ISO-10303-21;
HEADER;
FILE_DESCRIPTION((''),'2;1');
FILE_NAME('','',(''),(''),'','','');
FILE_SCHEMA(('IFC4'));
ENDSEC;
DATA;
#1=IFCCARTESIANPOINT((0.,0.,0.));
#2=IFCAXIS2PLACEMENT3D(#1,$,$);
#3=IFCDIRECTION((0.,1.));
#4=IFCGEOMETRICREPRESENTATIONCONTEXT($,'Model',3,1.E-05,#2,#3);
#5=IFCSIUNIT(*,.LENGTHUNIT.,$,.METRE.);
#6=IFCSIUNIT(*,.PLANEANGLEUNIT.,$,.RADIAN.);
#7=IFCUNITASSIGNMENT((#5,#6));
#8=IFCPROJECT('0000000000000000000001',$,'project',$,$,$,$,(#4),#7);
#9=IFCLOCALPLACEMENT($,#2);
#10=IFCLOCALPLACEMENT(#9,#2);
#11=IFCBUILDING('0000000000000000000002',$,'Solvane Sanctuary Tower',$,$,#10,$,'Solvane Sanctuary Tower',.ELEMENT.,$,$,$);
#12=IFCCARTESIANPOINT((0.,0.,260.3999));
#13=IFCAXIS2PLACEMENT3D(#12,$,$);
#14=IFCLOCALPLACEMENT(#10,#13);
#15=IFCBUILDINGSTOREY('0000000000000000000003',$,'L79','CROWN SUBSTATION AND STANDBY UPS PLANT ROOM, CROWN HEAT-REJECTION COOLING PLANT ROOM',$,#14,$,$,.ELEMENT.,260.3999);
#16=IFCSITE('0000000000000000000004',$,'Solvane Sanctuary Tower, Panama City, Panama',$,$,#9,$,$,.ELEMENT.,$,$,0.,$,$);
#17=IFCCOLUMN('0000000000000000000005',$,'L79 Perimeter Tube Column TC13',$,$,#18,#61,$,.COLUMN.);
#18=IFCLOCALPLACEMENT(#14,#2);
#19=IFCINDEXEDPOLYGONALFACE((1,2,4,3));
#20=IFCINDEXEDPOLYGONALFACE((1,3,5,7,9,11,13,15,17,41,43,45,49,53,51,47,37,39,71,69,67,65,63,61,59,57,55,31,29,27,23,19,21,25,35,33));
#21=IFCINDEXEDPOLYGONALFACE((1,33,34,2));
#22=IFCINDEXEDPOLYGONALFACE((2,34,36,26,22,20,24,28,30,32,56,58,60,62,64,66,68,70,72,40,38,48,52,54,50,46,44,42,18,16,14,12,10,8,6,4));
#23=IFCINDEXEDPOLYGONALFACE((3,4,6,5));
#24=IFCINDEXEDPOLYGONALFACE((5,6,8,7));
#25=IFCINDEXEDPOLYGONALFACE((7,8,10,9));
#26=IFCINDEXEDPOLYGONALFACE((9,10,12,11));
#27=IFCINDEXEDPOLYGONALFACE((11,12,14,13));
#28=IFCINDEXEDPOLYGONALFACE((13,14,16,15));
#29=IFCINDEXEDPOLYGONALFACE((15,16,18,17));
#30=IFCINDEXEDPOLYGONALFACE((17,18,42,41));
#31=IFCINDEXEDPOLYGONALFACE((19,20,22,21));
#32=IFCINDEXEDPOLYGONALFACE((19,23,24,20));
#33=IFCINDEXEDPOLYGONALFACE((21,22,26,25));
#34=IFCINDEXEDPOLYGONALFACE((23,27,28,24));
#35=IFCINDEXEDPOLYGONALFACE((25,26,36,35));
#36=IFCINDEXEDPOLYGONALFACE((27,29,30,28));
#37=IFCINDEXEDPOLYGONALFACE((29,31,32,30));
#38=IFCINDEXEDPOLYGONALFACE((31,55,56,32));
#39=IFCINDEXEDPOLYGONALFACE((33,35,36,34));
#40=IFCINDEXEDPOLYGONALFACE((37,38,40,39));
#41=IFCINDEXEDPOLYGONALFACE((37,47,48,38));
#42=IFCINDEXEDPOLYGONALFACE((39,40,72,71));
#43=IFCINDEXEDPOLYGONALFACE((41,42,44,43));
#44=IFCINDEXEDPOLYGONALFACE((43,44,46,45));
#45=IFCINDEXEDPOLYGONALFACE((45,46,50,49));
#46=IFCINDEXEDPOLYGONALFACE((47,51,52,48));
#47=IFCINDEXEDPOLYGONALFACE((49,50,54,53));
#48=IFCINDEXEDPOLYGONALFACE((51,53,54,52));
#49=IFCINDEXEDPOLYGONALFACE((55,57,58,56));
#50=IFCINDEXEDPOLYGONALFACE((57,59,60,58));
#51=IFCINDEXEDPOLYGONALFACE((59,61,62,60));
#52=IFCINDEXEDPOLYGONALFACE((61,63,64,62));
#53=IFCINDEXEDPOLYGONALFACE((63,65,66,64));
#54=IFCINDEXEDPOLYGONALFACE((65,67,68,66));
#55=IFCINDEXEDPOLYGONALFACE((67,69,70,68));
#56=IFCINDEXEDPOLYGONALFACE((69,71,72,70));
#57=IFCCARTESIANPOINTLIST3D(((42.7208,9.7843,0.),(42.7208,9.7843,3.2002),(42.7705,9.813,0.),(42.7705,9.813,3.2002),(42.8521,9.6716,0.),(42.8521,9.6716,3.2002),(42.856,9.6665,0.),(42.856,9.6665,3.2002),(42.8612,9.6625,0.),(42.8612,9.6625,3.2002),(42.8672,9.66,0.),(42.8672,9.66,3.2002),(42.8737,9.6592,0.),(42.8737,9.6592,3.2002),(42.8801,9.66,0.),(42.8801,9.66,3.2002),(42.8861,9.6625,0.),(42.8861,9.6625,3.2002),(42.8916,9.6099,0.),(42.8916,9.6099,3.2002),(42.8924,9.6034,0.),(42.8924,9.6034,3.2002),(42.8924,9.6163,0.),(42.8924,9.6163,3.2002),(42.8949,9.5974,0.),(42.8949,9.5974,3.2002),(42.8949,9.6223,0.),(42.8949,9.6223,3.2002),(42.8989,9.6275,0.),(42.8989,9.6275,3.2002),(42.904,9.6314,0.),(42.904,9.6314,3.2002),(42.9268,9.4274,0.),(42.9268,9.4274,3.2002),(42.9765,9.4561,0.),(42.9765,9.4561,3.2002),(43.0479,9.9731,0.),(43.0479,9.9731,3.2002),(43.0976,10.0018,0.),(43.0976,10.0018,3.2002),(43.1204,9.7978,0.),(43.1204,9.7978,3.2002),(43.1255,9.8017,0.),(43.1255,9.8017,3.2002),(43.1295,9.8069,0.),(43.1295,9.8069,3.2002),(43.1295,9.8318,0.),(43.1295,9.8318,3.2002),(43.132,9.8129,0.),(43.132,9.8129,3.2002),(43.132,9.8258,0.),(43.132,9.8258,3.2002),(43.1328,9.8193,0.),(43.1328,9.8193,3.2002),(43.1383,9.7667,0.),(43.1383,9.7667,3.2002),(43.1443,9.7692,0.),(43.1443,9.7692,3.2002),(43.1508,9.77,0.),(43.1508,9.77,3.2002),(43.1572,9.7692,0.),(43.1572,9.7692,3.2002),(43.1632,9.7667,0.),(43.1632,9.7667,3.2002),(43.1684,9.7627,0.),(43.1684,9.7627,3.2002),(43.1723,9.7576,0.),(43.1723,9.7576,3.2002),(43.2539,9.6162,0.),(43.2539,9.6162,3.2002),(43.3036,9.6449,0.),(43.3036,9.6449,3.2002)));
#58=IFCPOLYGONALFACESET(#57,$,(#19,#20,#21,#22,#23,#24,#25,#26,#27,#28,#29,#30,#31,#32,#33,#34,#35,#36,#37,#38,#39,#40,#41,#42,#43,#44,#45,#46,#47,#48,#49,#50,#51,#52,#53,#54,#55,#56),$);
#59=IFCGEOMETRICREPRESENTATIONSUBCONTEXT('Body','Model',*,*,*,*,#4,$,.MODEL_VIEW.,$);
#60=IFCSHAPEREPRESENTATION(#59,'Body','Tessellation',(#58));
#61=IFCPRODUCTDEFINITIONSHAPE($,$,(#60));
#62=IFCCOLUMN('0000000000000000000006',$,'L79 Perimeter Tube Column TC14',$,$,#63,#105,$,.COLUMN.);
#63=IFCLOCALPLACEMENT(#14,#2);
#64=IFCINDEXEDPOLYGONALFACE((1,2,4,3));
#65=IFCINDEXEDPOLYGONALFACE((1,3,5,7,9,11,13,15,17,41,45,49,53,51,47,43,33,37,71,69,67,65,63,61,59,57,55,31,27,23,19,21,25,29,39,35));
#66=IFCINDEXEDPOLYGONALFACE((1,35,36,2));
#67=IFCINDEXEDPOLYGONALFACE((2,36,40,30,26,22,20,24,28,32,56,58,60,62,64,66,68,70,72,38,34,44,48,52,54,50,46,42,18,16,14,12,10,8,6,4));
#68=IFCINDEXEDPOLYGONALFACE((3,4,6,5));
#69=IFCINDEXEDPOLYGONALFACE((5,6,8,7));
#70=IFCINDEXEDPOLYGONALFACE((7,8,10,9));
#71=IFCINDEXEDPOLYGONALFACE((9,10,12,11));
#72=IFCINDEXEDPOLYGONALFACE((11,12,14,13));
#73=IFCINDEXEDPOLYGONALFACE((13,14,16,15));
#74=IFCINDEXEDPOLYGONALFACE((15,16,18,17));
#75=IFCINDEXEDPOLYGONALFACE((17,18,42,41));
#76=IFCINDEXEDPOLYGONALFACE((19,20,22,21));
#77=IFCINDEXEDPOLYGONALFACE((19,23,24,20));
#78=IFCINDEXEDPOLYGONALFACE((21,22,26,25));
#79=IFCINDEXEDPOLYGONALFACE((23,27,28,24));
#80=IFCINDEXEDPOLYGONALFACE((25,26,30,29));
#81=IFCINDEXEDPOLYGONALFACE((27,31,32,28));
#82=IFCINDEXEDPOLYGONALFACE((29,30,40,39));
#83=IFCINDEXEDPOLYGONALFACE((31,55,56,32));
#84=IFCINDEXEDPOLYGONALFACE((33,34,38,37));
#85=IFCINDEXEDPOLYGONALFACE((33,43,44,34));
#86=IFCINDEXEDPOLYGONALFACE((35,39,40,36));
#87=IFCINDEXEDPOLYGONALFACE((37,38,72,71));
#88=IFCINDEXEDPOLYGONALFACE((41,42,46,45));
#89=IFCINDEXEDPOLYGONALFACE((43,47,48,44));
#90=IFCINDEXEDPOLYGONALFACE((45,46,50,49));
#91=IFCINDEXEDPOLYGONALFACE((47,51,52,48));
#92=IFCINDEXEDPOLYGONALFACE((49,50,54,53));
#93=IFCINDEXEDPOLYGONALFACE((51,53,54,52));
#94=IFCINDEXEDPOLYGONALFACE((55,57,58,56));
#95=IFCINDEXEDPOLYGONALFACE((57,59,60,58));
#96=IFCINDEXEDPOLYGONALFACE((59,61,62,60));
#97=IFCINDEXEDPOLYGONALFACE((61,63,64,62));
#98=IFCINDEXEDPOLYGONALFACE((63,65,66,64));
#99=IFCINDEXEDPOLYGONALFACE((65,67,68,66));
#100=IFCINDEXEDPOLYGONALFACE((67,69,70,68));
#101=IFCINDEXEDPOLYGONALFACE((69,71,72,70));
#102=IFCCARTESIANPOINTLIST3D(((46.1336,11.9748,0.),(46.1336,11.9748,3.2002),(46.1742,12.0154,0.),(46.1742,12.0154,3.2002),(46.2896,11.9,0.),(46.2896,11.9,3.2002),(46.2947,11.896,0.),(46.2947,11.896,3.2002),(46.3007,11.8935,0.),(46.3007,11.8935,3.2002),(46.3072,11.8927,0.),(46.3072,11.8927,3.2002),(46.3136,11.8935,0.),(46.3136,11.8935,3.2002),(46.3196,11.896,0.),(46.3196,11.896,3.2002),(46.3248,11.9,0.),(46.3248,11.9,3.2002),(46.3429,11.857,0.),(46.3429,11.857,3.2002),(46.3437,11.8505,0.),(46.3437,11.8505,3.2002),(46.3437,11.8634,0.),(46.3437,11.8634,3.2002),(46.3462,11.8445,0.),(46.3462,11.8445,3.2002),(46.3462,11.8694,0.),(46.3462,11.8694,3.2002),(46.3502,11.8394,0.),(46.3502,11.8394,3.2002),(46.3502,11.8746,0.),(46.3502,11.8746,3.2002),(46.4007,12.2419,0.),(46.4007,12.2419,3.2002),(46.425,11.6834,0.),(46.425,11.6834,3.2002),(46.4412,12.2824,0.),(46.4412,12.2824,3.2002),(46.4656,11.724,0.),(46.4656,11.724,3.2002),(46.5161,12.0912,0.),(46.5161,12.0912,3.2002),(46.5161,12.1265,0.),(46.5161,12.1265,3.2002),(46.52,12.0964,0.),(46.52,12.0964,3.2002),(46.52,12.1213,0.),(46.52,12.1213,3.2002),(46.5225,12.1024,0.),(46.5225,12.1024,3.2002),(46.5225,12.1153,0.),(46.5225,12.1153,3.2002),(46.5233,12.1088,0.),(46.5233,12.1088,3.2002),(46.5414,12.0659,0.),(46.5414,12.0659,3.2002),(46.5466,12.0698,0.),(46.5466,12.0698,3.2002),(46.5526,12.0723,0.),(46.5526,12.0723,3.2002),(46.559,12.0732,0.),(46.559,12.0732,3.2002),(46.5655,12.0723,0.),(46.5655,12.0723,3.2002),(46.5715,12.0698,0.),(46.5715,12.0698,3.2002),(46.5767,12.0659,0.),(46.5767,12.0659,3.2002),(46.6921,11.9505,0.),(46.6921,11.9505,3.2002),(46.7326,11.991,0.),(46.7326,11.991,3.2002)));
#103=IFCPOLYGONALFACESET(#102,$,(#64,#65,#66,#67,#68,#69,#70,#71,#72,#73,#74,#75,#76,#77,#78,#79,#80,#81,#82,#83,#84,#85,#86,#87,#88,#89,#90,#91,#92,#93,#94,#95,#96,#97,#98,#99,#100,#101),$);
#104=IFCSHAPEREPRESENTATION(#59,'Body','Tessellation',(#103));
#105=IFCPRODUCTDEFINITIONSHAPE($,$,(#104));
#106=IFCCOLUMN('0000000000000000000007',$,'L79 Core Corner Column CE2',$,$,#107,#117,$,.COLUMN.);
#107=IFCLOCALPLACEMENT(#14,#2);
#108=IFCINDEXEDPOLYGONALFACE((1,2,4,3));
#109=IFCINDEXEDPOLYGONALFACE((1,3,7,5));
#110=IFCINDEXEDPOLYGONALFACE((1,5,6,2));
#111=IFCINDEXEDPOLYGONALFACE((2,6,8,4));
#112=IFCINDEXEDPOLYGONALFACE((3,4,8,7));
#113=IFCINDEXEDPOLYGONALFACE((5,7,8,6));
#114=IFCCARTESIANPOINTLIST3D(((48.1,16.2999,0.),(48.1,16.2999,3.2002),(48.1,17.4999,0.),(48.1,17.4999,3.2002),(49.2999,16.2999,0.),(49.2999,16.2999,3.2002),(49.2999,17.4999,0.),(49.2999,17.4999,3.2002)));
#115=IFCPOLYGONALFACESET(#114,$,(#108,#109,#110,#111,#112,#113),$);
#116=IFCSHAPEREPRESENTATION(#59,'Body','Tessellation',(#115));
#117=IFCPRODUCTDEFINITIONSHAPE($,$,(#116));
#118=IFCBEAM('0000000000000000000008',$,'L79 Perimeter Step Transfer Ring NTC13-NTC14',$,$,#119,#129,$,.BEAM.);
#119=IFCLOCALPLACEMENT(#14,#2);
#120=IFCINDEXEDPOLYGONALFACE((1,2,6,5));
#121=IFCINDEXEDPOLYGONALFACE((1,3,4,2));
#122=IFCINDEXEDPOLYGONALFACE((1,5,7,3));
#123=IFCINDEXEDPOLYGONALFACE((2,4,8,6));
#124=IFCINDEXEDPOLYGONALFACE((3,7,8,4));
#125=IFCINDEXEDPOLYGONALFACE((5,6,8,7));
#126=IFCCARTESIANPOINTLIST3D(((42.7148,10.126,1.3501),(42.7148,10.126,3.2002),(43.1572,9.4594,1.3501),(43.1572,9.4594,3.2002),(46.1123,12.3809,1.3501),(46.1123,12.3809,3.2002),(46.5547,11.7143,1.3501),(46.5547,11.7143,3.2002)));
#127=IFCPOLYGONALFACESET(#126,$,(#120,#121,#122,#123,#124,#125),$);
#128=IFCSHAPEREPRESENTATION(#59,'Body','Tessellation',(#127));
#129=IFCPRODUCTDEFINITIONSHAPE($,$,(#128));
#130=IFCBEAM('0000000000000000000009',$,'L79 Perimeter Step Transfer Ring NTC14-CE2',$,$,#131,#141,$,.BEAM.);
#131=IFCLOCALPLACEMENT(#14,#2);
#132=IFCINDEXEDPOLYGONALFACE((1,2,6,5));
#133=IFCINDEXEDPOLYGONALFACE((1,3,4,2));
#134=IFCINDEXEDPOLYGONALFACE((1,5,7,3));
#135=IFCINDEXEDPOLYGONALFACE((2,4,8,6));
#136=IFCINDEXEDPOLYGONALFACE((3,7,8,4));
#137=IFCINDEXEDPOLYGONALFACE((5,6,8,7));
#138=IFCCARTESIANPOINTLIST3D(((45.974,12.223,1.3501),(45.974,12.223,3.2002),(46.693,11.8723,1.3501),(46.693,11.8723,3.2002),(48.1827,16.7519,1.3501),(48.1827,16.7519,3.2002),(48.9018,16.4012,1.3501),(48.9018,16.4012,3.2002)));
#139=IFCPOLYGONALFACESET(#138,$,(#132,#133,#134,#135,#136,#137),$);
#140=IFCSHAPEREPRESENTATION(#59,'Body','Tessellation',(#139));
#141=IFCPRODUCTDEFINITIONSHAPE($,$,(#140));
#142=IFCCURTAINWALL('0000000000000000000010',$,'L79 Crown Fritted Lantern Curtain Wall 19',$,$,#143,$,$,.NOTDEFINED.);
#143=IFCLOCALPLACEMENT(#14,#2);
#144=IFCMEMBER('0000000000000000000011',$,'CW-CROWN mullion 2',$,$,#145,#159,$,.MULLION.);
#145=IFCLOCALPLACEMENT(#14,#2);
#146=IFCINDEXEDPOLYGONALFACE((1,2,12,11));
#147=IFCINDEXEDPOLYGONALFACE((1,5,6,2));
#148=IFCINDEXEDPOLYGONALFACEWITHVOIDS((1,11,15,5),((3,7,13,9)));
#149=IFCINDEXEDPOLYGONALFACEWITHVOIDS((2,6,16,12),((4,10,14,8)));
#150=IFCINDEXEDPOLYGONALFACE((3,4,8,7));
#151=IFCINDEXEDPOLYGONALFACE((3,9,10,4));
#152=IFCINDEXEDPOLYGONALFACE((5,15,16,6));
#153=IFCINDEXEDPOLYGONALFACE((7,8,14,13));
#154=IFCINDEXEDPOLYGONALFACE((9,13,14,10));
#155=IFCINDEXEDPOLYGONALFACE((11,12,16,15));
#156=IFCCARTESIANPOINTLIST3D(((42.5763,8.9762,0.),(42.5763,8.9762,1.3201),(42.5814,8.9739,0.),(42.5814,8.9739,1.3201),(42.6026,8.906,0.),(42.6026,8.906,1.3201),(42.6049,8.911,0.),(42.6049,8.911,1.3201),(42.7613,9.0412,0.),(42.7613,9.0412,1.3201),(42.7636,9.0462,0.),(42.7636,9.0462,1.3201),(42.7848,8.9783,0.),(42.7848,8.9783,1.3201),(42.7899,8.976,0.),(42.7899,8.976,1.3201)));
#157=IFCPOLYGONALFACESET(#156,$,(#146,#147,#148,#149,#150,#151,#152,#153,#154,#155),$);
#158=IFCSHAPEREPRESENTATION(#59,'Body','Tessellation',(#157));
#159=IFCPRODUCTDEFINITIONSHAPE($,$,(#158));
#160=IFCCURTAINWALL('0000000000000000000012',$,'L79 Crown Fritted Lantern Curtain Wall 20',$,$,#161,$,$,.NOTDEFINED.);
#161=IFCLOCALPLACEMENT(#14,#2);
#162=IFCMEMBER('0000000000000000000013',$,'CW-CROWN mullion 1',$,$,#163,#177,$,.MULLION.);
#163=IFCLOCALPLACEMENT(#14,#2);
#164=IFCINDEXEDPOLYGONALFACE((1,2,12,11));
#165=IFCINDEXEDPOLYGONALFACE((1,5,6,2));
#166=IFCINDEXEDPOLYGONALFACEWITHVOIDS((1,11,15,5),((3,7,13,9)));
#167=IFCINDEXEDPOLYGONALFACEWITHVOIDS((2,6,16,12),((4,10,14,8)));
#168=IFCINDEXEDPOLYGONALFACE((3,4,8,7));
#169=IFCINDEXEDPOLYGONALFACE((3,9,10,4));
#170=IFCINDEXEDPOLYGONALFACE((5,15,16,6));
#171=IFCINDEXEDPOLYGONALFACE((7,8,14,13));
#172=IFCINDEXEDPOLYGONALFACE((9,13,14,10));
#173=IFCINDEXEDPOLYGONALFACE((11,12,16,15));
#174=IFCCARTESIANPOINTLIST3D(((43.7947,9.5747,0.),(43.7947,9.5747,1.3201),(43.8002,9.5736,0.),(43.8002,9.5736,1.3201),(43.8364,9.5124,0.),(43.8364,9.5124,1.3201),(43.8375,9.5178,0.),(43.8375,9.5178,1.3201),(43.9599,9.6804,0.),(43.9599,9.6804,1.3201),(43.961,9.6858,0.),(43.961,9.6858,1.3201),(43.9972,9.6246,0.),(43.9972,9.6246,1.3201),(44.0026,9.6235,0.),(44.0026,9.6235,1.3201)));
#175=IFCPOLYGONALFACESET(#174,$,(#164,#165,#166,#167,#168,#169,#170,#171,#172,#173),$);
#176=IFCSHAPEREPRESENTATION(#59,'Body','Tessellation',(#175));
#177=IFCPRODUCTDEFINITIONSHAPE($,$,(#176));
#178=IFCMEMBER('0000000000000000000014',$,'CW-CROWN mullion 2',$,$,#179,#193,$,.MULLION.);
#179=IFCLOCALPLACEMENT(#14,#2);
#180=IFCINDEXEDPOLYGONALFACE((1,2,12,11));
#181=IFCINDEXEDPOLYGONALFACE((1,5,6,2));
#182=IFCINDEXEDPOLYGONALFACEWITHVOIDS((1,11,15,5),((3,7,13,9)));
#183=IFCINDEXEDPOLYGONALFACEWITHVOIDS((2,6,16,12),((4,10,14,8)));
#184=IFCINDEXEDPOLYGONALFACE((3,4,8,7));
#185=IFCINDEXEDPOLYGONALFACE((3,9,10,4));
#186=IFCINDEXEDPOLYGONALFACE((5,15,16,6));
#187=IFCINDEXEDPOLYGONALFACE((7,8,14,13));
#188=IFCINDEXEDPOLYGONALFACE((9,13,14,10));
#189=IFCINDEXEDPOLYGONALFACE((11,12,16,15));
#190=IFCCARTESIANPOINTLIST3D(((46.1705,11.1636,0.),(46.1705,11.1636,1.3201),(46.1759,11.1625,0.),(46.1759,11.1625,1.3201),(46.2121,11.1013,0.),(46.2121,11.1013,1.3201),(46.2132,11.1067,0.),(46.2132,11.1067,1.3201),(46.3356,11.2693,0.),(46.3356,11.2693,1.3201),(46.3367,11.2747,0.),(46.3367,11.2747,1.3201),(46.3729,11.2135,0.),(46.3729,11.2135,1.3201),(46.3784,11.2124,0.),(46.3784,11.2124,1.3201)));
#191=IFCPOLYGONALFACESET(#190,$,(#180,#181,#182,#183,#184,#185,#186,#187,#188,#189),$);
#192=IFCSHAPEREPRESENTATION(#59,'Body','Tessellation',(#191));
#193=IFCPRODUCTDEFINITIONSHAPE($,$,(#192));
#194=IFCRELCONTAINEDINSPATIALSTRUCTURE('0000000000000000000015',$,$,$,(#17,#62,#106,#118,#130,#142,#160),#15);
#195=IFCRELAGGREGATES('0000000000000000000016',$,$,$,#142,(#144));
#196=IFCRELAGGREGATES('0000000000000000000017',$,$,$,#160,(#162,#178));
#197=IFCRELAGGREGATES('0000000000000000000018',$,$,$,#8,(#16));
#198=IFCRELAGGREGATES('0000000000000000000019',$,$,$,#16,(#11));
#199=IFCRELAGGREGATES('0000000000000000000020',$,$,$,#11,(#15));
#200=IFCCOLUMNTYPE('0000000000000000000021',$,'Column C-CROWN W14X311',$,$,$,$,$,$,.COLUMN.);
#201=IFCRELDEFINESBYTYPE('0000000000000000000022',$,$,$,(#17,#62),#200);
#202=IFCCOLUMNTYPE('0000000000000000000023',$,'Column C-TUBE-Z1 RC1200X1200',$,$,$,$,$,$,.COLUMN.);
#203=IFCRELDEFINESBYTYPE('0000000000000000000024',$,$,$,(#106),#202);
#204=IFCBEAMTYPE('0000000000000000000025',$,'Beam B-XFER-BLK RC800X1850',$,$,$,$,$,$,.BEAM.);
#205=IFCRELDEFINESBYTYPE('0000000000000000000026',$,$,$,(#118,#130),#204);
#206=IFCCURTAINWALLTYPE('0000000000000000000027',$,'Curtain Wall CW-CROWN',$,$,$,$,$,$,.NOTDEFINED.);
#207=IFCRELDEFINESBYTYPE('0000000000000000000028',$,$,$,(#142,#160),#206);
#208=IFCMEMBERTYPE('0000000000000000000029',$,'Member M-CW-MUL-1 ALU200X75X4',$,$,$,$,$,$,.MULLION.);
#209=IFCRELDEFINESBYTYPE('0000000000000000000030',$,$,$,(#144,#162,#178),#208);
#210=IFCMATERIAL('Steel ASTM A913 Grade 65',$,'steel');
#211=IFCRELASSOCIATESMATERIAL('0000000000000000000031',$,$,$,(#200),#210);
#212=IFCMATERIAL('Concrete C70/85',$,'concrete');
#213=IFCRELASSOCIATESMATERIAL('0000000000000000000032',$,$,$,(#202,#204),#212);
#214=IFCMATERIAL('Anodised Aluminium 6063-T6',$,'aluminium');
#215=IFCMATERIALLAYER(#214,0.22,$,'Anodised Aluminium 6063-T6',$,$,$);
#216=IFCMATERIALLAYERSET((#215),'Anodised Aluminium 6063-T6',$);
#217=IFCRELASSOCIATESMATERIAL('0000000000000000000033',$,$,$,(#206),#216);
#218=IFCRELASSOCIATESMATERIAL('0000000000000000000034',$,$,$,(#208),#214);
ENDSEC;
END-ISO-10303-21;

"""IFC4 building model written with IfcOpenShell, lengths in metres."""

from ifc_helpers import new_model, si_unit, direction, frame, origin, origin_2d, place, context, subcontext, project, spatial, rectangle, hollow_rectangle, i_section, extrude, material, layer, layer_set, material_profile, profile_set, type_object, element, aggregate, save


model = new_model("IFC4")

# Units and contexts
model_context = context("Model", 3, precision=1e-05, world=origin(), true_north=direction((0.0, 1.0)))
body_context = subcontext(model_context, "Body", "Model", "MODEL_VIEW")
ifc_project = project(units=[si_unit("LENGTHUNIT", "METRE"), si_unit("PLANEANGLEUNIT", "RADIAN")], contexts=[model_context])

# Site, building, storey
site_placement = place(None, origin())
site = spatial("IfcSite", under=ifc_project, at=site_placement, Name="Solvane Sanctuary Tower, Panama City, Panama", CompositionType="ELEMENT", RefElevation=0.0)
building_placement = place(site_placement, origin())
building = spatial("IfcBuilding", under=site, at=building_placement, Name="Solvane Sanctuary Tower", LongName="Solvane Sanctuary Tower", CompositionType="ELEMENT")
storey_placement = place(building_placement, frame((0.0, 0.0, 260.3999)))
storey = spatial("IfcBuildingStorey", under=building, at=storey_placement, Name="L79", Description="CROWN SUBSTATION AND STANDBY UPS PLANT ROOM, CROWN HEAT-REJECTION COOLING PLANT ROOM", CompositionType="ELEMENT", Elevation=260.3999)

# Columns
ifc_material_1 = material(Name="Steel ASTM A913 Grade 65", Category="steel")
ifc_material_profile_1 = material_profile(ifc_material_1, i_section(OverallWidth=0.4121, OverallDepth=0.4351, WebThickness=0.0359, FlangeThickness=0.0574, FilletRadius=0.0249, at=origin_2d()), Name="W14X311")
ifc_profile_set_1 = profile_set([ifc_material_profile_1], Name="Steel ASTM A913 Grade 65")
column_type_1 = type_object("IfcColumnType", Name="Column C-CROWN W14X311", PredefinedType="COLUMN", material=ifc_profile_set_1)
for number, where, z_axis, x_axis, name in (
    (1, (43.0122, 9.7146, 0.0), (0.0, 0.0, 1.0), (0.5, -0.866025, 0.0), "L79 Perimeter Tube Column TC13"),
    (2, (46.4331, 11.9829, 0.0), (0.0, 0.0, 1.0), (0.707107, -0.707107, 0.0), "L79 Perimeter Tube Column TC14"),
):
    element("IfcColumn", number, at=place(storey_placement, frame(where, z_axis=z_axis, x_axis=x_axis)), inside=storey, type_object=column_type_1, Name=name, PredefinedType="COLUMN", context=body_context, shape_type="SweptSolid", body=[
        extrude(i_section(OverallWidth=0.4121, OverallDepth=0.4351, WebThickness=0.0359, FlangeThickness=0.0574, FilletRadius=0.0249, at=origin_2d()), origin(), (0.0, 0.0, 1.0), 3.2002),
    ])
ifc_material_2 = material(Name="Concrete C70/85", Category="concrete")
ifc_material_profile_2 = material_profile(ifc_material_2, rectangle(XDim=1.2, YDim=1.2, at=origin_2d()), Name="RC1200X1200")
ifc_profile_set_2 = profile_set([ifc_material_profile_2], Name="Concrete C70/85")
column_type_2 = type_object("IfcColumnType", Name="Column C-TUBE-Z1 RC1200X1200", PredefinedType="COLUMN", material=ifc_profile_set_2)
column_placement = place(storey_placement, frame((48.7, 16.8999, 0.0), z_axis=(0.0, 0.0, 1.0), x_axis=(1.0, 0.0, 0.0)))
element("IfcColumn", 3, at=column_placement, inside=storey, type_object=column_type_2, Name="L79 Core Corner Column CE2", PredefinedType="COLUMN", context=body_context, shape_type="SweptSolid", body=[
    extrude(rectangle(XDim=1.2, YDim=1.2, at=origin_2d()), origin(), (0.0, 0.0, 1.0), 3.2002),
])

# Beams
ifc_material_profile_3 = material_profile(ifc_material_2, rectangle(XDim=0.8, YDim=1.8501, at=origin_2d()), Name="RC800X1850")
ifc_profile_set_3 = profile_set([ifc_material_profile_3], Name="Concrete C70/85")
beam_type = type_object("IfcBeamType", Name="Beam B-XFER-BLK RC800X1850", PredefinedType="BEAM", material=ifc_profile_set_3)
beam_1_placement = place(storey_placement, frame((42.936, 9.7927, 2.2751), z_axis=(0.833191, 0.552986, 0.0), x_axis=(-0.552986, 0.833191, 0.0)))
element("IfcBeam", 4, at=beam_1_placement, inside=storey, type_object=beam_type, Name="L79 Perimeter Step Transfer Ring NTC13-NTC14", PredefinedType="BEAM", context=body_context, shape_type="SweptSolid", body=[
    extrude(rectangle(XDim=0.8, YDim=1.8501, at=origin_2d()), origin(), (0.0, 0.0, 1.0), 4.0776),
])
beam_2_placement = place(storey_placement, frame((46.3335, 12.0476, 2.2751), z_axis=(0.438354, 0.898802, 0.0), x_axis=(-0.898802, 0.438354, 0.0)))
element("IfcBeam", 5, at=beam_2_placement, inside=storey, type_object=beam_type, Name="L79 Perimeter Step Transfer Ring NTC14-CE2", PredefinedType="BEAM", context=body_context, shape_type="SweptSolid", body=[
    extrude(rectangle(XDim=0.8, YDim=1.8501, at=origin_2d()), origin(), (0.0, 0.0, 1.0), 5.0388),
])

# Curtain wall, member
ifc_material_3 = material(Name="Anodised Aluminium 6063-T6", Category="aluminium")
ifc_layer_1 = layer(ifc_material_3, 0.22, Name="Anodised Aluminium 6063-T6")
ifc_layer_set_1 = layer_set([ifc_layer_1], Name="Anodised Aluminium 6063-T6")
curtain_wall_type = type_object("IfcCurtainWallType", Name="Curtain Wall CW-CROWN", PredefinedType="NOTDEFINED", material=ifc_layer_set_1)
curtain_wall_1_placement = place(storey_placement, origin())
curtain_wall_1 = element("IfcCurtainWall", 6, at=curtain_wall_1_placement, inside=storey, type_object=curtain_wall_type, Name="L79 Crown Fritted Lantern Curtain Wall 19", PredefinedType="NOTDEFINED")
ifc_material_profile_4 = material_profile(ifc_material_3, hollow_rectangle(XDim=0.075, YDim=0.2, WallThickness=0.0039, at=origin_2d()), Name="ALU200X75X4")
ifc_profile_set_4 = profile_set([ifc_material_profile_4], Name="Anodised Aluminium 6063-T6")
member_type_1 = type_object("IfcMemberType", Name="Member M-CW-MUL-1 ALU200X75X4", PredefinedType="MULLION", material=ifc_profile_set_4)
member_1_placement = place(storey_placement, frame((42.6831, 8.9761, 0.0), z_axis=(0.0, 0.0, 1.0), x_axis=(-0.350163, 0.936689, 0.0)))
member_1 = element("IfcMember", 7, at=member_1_placement, type_object=member_type_1, Name="CW-CROWN mullion 2", PredefinedType="MULLION", context=body_context, shape_type="SweptSolid", body=[
    extrude(hollow_rectangle(XDim=0.075, YDim=0.2, WallThickness=0.0039, at=origin_2d()), origin(), (0.0, 0.0, 1.0), 1.3201),
])

# Curtain wall, members
curtain_wall_2_placement = place(storey_placement, origin())
curtain_wall_2 = element("IfcCurtainWall", 8, at=curtain_wall_2_placement, inside=storey, type_object=curtain_wall_type, Name="L79 Crown Fritted Lantern Curtain Wall 20", PredefinedType="NOTDEFINED")
member_2_placement = place(storey_placement, frame((43.8987, 9.5991, 0.0), z_axis=(0.0, 0.0, 1.0), x_axis=(-0.555895, 0.831252, 0.0)))
member_2 = element("IfcMember", 9, at=member_2_placement, type_object=member_type_1, Name="CW-CROWN mullion 1", PredefinedType="MULLION", context=body_context, shape_type="SweptSolid", body=[
    extrude(hollow_rectangle(XDim=0.075, YDim=0.2, WallThickness=0.0039, at=origin_2d()), origin(), (0.0, 0.0, 1.0), 1.3201),
])
member_3_placement = place(storey_placement, frame((46.2744, 11.188, 0.0), z_axis=(0.0, 0.0, 1.0), x_axis=(-0.555895, 0.831252, 0.0)))
member_3 = element("IfcMember", 10, at=member_3_placement, type_object=member_type_1, Name="CW-CROWN mullion 2", PredefinedType="MULLION", context=body_context, shape_type="SweptSolid", body=[
    extrude(hollow_rectangle(XDim=0.075, YDim=0.2, WallThickness=0.0039, at=origin_2d()), origin(), (0.0, 0.0, 1.0), 1.3201),
])

aggregate(curtain_wall_1, [member_1])
aggregate(curtain_wall_2, [member_2, member_3])

save(model, "model.ifc")
